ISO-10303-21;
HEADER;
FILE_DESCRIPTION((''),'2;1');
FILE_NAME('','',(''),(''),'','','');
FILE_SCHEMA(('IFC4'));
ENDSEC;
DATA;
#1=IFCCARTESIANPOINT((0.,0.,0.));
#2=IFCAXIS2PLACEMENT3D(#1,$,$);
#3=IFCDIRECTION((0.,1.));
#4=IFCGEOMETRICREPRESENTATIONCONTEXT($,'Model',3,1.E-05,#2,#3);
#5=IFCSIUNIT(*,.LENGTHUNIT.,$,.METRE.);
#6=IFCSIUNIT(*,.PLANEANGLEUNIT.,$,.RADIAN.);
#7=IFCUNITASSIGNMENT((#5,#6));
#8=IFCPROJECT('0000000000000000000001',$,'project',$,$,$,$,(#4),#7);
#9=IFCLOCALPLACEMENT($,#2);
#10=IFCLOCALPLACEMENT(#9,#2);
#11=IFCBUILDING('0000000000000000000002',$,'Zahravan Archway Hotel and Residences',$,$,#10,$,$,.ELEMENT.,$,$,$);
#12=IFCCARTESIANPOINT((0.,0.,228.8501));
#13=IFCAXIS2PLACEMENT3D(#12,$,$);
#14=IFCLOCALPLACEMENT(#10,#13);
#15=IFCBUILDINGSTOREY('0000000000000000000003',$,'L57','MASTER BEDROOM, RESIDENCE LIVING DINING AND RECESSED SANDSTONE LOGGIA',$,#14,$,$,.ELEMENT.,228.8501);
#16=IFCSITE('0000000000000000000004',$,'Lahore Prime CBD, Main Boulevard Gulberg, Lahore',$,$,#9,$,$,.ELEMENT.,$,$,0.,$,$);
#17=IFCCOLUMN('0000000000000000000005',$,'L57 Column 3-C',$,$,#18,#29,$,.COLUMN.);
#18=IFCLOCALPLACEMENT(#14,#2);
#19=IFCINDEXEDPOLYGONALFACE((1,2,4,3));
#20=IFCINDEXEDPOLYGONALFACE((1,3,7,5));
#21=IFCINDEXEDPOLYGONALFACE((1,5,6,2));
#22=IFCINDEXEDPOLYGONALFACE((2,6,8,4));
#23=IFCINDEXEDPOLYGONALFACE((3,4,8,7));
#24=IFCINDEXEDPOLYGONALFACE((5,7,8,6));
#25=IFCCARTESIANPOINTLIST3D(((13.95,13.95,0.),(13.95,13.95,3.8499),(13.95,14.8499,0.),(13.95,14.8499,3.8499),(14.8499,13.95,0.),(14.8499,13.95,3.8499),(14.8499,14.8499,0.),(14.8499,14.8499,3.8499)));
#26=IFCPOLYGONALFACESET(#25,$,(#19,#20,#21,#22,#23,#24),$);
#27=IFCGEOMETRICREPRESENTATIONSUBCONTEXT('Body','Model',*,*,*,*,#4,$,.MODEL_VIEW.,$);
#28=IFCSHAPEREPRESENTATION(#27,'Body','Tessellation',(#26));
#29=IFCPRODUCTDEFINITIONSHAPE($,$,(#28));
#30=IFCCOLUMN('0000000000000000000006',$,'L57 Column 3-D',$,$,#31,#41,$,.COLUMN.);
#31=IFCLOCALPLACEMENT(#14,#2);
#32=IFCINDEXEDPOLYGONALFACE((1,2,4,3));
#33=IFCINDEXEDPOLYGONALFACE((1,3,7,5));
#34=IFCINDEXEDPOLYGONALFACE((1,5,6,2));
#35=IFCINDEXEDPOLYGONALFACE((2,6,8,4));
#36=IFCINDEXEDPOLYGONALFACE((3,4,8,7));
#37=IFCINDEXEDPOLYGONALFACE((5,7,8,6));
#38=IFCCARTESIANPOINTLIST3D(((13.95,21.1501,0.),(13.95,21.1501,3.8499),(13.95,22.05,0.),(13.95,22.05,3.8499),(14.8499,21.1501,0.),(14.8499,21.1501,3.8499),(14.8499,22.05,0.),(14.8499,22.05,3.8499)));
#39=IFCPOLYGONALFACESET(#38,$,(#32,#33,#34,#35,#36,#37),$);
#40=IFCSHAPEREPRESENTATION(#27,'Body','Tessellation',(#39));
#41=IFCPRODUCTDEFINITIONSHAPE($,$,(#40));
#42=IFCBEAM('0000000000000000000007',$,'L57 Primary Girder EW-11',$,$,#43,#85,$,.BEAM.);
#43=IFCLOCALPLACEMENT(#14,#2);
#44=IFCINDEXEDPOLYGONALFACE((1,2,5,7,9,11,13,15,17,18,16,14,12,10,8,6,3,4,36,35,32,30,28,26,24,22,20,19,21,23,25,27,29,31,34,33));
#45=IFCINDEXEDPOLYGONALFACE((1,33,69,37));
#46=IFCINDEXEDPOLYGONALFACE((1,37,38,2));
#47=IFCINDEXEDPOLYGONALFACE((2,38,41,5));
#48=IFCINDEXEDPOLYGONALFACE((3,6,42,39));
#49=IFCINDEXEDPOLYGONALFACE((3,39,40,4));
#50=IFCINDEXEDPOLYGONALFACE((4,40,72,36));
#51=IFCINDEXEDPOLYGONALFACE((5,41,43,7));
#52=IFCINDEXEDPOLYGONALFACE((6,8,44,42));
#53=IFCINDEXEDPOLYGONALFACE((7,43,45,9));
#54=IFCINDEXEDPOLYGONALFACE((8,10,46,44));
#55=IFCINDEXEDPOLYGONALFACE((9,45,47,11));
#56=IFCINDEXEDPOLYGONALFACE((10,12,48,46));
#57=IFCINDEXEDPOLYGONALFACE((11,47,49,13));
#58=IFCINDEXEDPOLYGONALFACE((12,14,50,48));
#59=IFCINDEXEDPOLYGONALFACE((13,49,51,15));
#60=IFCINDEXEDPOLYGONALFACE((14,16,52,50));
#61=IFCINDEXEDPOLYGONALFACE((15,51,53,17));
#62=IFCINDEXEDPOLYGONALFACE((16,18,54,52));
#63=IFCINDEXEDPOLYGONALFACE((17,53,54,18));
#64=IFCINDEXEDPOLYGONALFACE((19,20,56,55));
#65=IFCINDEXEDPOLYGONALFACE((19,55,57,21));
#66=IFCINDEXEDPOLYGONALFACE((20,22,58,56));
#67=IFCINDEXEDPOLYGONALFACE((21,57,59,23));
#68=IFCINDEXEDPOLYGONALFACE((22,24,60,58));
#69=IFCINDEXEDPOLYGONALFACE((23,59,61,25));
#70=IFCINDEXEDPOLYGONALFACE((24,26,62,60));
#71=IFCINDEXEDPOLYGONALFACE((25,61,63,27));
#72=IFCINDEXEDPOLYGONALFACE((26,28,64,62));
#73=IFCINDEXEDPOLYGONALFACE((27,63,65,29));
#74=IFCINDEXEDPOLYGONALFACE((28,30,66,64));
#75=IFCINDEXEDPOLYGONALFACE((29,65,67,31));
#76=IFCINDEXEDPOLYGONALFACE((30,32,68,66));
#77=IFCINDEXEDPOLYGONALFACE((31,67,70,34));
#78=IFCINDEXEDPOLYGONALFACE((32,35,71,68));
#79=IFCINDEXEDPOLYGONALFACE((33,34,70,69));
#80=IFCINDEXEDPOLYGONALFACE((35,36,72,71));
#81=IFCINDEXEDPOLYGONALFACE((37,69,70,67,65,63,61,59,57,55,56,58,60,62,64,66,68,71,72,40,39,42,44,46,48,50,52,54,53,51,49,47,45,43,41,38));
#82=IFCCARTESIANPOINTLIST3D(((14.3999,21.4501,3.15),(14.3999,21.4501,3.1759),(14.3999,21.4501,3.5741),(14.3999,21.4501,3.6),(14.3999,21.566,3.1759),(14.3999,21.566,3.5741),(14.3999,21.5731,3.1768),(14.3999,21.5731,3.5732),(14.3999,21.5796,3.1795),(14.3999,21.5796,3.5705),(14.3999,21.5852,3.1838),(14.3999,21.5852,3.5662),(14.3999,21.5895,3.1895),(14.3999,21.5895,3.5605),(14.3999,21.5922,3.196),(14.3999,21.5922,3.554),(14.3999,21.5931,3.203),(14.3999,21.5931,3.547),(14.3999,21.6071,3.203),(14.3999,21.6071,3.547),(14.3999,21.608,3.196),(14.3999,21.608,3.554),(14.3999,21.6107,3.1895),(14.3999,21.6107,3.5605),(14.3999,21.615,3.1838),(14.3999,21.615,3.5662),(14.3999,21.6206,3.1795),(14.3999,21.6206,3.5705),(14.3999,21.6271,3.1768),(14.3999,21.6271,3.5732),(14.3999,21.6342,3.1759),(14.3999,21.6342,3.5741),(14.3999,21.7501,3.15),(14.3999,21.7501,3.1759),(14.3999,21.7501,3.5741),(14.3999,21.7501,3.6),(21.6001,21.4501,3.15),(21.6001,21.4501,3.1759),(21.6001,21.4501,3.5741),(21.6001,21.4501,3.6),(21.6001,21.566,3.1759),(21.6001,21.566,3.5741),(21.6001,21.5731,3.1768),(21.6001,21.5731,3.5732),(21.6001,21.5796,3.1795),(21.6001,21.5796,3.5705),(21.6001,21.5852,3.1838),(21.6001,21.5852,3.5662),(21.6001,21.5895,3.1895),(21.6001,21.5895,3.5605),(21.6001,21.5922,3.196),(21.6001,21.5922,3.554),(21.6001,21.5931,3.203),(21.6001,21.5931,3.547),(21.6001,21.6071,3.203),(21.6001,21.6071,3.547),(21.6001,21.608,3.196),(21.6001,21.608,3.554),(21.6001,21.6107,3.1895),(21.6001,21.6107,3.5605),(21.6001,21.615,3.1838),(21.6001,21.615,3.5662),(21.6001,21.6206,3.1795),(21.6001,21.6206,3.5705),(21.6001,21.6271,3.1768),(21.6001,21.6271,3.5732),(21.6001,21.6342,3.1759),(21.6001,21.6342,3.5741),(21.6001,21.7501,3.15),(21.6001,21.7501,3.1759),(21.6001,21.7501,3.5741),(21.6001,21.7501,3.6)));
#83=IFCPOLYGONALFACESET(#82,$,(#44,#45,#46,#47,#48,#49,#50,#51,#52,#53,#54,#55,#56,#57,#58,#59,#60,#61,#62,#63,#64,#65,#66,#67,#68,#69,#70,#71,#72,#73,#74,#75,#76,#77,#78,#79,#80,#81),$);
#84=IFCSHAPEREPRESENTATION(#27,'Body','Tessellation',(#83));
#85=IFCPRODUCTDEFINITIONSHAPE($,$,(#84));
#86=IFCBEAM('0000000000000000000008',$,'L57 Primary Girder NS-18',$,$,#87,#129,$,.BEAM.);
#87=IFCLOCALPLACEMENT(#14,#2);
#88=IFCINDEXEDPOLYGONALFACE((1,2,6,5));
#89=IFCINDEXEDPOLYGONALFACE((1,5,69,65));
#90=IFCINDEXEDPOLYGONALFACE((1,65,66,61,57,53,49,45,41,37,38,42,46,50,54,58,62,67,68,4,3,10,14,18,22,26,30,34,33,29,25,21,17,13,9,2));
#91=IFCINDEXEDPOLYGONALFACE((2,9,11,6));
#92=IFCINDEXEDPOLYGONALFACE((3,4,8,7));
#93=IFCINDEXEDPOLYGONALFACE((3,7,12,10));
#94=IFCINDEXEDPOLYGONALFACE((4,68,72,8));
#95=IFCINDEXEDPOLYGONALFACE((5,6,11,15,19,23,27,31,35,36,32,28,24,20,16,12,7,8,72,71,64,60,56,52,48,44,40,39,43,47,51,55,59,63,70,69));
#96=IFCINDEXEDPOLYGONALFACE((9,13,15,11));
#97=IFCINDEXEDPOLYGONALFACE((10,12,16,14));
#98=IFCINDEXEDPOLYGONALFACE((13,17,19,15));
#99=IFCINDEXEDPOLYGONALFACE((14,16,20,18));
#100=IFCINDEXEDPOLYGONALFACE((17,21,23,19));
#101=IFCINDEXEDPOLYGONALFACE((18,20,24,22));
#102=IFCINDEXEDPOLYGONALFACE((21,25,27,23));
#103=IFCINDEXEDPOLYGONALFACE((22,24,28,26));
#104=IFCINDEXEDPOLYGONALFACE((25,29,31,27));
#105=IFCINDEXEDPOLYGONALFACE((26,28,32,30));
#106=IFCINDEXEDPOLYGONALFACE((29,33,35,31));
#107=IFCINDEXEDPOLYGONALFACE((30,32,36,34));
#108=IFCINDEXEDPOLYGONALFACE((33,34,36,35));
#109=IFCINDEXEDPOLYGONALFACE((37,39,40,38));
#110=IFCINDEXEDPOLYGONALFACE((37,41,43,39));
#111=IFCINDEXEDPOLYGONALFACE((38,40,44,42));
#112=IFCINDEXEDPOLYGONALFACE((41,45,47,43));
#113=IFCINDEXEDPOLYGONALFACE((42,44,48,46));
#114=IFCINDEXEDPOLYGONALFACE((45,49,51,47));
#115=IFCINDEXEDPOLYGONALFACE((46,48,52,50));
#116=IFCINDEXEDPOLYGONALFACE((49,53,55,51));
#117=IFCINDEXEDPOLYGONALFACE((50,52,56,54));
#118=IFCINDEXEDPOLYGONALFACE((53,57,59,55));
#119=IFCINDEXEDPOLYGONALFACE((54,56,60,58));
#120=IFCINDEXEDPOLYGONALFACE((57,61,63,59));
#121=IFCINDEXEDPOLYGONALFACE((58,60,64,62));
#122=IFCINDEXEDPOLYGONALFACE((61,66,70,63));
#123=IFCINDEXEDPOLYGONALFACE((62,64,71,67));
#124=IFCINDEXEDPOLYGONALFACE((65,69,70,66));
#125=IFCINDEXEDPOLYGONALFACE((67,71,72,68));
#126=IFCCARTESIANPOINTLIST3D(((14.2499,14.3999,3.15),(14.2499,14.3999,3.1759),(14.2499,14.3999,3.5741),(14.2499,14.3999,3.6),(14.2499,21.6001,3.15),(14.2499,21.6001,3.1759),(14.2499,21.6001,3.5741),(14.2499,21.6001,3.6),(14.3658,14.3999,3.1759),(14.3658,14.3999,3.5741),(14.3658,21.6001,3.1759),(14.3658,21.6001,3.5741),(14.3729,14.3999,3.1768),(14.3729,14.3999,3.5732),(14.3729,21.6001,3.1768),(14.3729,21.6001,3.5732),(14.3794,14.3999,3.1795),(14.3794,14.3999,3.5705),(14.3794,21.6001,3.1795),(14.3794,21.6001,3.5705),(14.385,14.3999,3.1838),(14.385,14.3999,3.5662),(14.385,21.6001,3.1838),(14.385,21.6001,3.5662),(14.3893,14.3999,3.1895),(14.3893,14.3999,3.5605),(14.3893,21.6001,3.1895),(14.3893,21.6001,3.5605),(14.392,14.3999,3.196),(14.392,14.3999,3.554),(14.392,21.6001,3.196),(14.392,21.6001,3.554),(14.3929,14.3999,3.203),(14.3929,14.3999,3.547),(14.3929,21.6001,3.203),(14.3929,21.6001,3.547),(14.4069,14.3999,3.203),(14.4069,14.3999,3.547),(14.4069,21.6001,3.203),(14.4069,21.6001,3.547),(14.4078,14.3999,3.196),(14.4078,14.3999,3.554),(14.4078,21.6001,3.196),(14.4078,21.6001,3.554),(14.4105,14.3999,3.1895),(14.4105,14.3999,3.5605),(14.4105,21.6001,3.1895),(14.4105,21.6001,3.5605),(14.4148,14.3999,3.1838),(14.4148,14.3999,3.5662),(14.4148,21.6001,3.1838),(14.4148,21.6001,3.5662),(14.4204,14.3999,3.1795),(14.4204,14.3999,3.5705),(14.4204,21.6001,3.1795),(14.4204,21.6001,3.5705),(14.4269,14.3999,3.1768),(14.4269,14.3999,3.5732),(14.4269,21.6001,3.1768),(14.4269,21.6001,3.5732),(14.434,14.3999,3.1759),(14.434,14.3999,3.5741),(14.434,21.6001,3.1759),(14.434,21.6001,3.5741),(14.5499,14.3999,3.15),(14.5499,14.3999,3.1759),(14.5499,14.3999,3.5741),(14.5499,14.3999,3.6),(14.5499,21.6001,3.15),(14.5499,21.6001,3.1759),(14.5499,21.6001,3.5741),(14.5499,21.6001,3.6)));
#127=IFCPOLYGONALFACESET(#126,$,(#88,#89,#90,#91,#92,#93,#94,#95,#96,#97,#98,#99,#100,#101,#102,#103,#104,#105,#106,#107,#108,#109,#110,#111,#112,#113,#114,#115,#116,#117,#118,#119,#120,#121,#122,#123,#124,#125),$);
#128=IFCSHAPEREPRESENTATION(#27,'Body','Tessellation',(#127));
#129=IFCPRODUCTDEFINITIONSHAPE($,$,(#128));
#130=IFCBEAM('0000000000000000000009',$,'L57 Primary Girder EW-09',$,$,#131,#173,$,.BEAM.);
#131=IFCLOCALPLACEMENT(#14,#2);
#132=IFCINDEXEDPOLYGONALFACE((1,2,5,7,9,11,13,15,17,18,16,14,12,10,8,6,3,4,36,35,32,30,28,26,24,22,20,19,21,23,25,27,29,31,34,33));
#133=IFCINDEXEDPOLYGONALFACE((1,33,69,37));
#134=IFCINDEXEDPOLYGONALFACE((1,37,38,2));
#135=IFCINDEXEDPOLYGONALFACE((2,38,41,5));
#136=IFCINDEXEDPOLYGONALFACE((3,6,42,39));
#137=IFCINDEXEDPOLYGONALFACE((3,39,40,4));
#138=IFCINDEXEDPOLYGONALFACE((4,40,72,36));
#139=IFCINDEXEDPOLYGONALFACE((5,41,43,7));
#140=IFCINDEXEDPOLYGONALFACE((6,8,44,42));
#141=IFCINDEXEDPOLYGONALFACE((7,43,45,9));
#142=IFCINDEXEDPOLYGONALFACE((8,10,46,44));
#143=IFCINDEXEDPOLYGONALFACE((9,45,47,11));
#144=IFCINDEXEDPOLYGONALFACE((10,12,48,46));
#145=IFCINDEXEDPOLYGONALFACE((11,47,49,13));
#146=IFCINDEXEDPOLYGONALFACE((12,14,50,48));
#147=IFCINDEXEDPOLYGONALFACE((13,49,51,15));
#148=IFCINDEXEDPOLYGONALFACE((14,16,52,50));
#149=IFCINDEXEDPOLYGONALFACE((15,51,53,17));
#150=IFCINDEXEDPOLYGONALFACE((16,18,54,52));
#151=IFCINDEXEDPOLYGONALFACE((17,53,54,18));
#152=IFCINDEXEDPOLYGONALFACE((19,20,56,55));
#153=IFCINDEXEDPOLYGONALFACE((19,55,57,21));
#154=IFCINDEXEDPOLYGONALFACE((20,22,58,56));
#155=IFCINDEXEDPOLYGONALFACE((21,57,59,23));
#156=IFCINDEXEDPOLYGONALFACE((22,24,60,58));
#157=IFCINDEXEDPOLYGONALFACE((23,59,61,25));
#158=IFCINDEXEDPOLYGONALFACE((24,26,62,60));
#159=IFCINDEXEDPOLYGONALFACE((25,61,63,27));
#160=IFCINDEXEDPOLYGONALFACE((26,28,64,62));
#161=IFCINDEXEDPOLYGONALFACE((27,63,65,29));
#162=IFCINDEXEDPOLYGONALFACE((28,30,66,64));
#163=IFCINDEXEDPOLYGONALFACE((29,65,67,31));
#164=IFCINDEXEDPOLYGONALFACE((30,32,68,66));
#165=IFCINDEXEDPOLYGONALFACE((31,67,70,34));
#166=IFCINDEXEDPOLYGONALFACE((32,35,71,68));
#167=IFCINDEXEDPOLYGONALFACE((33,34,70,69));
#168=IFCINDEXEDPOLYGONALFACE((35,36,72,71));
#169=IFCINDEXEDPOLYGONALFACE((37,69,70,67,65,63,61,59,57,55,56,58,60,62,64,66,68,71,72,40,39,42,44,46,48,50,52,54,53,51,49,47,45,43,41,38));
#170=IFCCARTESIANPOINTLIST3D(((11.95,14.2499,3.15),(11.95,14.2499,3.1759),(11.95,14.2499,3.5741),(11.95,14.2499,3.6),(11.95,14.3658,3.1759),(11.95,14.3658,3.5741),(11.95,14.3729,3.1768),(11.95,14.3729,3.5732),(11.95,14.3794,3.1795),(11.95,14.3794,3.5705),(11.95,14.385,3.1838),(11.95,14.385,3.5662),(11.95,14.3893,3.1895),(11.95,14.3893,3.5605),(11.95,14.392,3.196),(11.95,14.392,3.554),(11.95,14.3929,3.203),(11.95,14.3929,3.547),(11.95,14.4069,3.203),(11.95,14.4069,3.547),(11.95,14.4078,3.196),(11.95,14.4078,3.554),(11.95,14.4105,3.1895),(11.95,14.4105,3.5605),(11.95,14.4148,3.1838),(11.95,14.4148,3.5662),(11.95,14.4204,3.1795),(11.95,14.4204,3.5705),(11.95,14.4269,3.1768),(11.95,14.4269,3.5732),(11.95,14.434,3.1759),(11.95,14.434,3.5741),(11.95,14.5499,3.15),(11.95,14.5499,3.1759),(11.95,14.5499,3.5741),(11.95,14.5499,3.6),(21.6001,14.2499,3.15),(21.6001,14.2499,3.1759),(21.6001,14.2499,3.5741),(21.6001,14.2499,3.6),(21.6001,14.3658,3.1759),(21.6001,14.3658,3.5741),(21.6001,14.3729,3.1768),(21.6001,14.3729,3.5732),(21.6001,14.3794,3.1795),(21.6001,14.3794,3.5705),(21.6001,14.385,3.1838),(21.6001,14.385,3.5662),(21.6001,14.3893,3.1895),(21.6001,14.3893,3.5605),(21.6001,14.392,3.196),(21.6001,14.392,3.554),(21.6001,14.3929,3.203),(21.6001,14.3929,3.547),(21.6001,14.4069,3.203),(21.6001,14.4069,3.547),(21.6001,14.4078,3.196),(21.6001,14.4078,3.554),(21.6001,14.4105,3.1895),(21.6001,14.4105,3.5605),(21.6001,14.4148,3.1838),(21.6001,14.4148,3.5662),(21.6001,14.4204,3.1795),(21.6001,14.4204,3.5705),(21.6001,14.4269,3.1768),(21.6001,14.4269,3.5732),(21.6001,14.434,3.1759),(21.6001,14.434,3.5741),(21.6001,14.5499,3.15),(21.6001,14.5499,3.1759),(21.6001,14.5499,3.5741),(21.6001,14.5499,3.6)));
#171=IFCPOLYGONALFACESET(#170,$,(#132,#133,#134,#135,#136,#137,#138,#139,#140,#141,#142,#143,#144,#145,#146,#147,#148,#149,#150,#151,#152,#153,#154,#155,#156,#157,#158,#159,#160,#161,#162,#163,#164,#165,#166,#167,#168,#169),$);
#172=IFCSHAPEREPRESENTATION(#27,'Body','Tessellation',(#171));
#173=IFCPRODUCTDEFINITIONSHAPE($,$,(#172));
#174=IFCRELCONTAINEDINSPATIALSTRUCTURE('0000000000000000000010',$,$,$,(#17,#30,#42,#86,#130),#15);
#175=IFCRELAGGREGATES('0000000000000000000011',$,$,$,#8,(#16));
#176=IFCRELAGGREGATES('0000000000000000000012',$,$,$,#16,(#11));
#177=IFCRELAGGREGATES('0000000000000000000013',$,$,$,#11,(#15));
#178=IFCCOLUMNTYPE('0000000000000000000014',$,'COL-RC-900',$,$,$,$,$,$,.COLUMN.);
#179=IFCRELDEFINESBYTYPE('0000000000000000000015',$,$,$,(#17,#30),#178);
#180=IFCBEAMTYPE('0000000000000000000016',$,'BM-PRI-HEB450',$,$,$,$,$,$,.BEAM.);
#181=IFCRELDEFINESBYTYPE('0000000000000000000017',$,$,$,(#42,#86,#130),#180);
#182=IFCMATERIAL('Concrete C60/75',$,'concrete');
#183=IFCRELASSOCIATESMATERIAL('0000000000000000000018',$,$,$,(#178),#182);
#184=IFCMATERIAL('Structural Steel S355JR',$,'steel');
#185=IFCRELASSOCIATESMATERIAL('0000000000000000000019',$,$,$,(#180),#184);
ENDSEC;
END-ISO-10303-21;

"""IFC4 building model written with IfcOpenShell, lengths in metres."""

from ifc_helpers import new_model, si_unit, direction, frame, origin, origin_2d, place, context, subcontext, project, spatial, rectangle, i_section, extrude, source, transform, mapped, material, material_profile, profile_set, type_object, type_shapes, element, save


model = new_model("IFC4")

# Units and contexts
model_context = context("Model", 3, precision=1e-05, world=origin(), true_north=direction((0.0, 1.0)))
body_context = subcontext(model_context, "Body", "Model", "MODEL_VIEW")
ifc_project = project(units=[si_unit("LENGTHUNIT", "METRE"), si_unit("PLANEANGLEUNIT", "RADIAN")], contexts=[model_context])

# Site, building, storey
site_placement = place(None, origin())
site = spatial("IfcSite", under=ifc_project, at=site_placement, Name="Lahore Prime CBD, Main Boulevard Gulberg, Lahore", CompositionType="ELEMENT", RefElevation=0.0)
building_placement = place(site_placement, origin())
building = spatial("IfcBuilding", under=site, at=building_placement, Name="Zahravan Archway Hotel and Residences", CompositionType="ELEMENT")
storey_placement = place(building_placement, frame((0.0, 0.0, 228.8501)))
storey = spatial("IfcBuildingStorey", under=building, at=storey_placement, Name="L57", Description="MASTER BEDROOM, RESIDENCE LIVING DINING AND RECESSED SANDSTONE LOGGIA", CompositionType="ELEMENT", Elevation=228.8501)

# Columns
ifc_material_1 = material(Name="Concrete C60/75", Category="concrete")
ifc_material_profile_1 = material_profile(ifc_material_1, rectangle(XDim=0.8999, YDim=0.8999, at=origin_2d()), Name="RC-COL-900x900", Category="concrete")
ifc_profile_set_1 = profile_set([ifc_material_profile_1], Name="Concrete C60/75")
column_type = type_object("IfcColumnType", Name="COL-RC-900", PredefinedType="COLUMN", material=ifc_profile_set_1)
shared_shape_1 = source(origin(), body_context, "Body", "SweptSolid", [
    extrude(rectangle(XDim=0.8999, YDim=0.8999, at=origin_2d()), origin(), (0.0, 0.0, 1.0), 3.8499),
])
for number, where, z_axis, x_axis, name in (
    (1, (14.3999, 14.3999, 0.0), (0.0, 0.0, 1.0), (1.0, 0.0, 0.0), "L57 Column 3-C"),
    (2, (14.3999, 21.6001, 0.0), (0.0, 0.0, 1.0), (1.0, 0.0, 0.0), "L57 Column 3-D"),
):
    element("IfcColumn", number, at=place(storey_placement, frame(where, z_axis=z_axis, x_axis=x_axis)), inside=storey, type_object=column_type, Name=name, PredefinedType="COLUMN", context=body_context, shape_type="MappedRepresentation", body=[
        mapped(shared_shape_1, transform((0.0, 0.0, 0.0), scale=1.0)),
    ])

# Beams
ifc_material_2 = material(Name="Structural Steel S355JR", Category="steel")
ifc_material_profile_2 = material_profile(ifc_material_2, i_section(OverallWidth=0.3, OverallDepth=0.45, WebThickness=0.0139, FlangeThickness=0.0259, FilletRadius=0.0271, at=origin_2d()), Name="HEB 450", Category="steel")
ifc_profile_set_2 = profile_set([ifc_material_profile_2], Name="Structural Steel S355JR")
beam_type_1 = type_object("IfcBeamType", Name="BM-PRI-HEB450", PredefinedType="BEAM", material=ifc_profile_set_2)
shared_shape_2 = source(origin(), body_context, "Body", "SweptSolid", [
    extrude(i_section(OverallWidth=0.3, OverallDepth=0.45, WebThickness=0.0139, FlangeThickness=0.0259, FilletRadius=0.0271, at=origin_2d()), origin(), (0.0, 0.0, 1.0), 7.2002),
])
type_shapes(beam_type_1, [shared_shape_2])
for number, where, z_axis, x_axis, name in (
    (3, (14.3999, 21.6001, 3.375), (1.0, 0.0, 0.0), (0.0, 1.0, 0.0), "L57 Primary Girder EW-11"),
    (4, (14.3999, 14.3999, 3.375), (0.0, 1.0, 0.0), (-1.0, 0.0, 0.0), "L57 Primary Girder NS-18"),
):
    element("IfcBeam", number, at=place(storey_placement, frame(where, z_axis=z_axis, x_axis=x_axis)), inside=storey, type_object=beam_type_1, Name=name, PredefinedType="BEAM", context=body_context, shape_type="MappedRepresentation", body=[
        mapped(shared_shape_2, transform((0.0, 0.0, 0.0), scale=1.0)),
    ])
shared_shape_3 = source(origin(), body_context, "Body", "SweptSolid", [
    extrude(i_section(OverallWidth=0.3, OverallDepth=0.45, WebThickness=0.0139, FlangeThickness=0.0259, FilletRadius=0.0271, at=origin_2d()), origin(), (0.0, 0.0, 1.0), 9.6501),
])
beam_1_placement = place(storey_placement, frame((11.95, 14.3999, 3.375), z_axis=(1.0, 0.0, 0.0), x_axis=(0.0, 1.0, 0.0)))
element("IfcBeam", 5, at=beam_1_placement, inside=storey, type_object=beam_type_1, Name="L57 Primary Girder EW-09", PredefinedType="BEAM", context=body_context, shape_type="MappedRepresentation", body=[
    mapped(shared_shape_3, transform((0.0, 0.0, 0.0), scale=1.0)),
])

save(model, "model.ifc")
